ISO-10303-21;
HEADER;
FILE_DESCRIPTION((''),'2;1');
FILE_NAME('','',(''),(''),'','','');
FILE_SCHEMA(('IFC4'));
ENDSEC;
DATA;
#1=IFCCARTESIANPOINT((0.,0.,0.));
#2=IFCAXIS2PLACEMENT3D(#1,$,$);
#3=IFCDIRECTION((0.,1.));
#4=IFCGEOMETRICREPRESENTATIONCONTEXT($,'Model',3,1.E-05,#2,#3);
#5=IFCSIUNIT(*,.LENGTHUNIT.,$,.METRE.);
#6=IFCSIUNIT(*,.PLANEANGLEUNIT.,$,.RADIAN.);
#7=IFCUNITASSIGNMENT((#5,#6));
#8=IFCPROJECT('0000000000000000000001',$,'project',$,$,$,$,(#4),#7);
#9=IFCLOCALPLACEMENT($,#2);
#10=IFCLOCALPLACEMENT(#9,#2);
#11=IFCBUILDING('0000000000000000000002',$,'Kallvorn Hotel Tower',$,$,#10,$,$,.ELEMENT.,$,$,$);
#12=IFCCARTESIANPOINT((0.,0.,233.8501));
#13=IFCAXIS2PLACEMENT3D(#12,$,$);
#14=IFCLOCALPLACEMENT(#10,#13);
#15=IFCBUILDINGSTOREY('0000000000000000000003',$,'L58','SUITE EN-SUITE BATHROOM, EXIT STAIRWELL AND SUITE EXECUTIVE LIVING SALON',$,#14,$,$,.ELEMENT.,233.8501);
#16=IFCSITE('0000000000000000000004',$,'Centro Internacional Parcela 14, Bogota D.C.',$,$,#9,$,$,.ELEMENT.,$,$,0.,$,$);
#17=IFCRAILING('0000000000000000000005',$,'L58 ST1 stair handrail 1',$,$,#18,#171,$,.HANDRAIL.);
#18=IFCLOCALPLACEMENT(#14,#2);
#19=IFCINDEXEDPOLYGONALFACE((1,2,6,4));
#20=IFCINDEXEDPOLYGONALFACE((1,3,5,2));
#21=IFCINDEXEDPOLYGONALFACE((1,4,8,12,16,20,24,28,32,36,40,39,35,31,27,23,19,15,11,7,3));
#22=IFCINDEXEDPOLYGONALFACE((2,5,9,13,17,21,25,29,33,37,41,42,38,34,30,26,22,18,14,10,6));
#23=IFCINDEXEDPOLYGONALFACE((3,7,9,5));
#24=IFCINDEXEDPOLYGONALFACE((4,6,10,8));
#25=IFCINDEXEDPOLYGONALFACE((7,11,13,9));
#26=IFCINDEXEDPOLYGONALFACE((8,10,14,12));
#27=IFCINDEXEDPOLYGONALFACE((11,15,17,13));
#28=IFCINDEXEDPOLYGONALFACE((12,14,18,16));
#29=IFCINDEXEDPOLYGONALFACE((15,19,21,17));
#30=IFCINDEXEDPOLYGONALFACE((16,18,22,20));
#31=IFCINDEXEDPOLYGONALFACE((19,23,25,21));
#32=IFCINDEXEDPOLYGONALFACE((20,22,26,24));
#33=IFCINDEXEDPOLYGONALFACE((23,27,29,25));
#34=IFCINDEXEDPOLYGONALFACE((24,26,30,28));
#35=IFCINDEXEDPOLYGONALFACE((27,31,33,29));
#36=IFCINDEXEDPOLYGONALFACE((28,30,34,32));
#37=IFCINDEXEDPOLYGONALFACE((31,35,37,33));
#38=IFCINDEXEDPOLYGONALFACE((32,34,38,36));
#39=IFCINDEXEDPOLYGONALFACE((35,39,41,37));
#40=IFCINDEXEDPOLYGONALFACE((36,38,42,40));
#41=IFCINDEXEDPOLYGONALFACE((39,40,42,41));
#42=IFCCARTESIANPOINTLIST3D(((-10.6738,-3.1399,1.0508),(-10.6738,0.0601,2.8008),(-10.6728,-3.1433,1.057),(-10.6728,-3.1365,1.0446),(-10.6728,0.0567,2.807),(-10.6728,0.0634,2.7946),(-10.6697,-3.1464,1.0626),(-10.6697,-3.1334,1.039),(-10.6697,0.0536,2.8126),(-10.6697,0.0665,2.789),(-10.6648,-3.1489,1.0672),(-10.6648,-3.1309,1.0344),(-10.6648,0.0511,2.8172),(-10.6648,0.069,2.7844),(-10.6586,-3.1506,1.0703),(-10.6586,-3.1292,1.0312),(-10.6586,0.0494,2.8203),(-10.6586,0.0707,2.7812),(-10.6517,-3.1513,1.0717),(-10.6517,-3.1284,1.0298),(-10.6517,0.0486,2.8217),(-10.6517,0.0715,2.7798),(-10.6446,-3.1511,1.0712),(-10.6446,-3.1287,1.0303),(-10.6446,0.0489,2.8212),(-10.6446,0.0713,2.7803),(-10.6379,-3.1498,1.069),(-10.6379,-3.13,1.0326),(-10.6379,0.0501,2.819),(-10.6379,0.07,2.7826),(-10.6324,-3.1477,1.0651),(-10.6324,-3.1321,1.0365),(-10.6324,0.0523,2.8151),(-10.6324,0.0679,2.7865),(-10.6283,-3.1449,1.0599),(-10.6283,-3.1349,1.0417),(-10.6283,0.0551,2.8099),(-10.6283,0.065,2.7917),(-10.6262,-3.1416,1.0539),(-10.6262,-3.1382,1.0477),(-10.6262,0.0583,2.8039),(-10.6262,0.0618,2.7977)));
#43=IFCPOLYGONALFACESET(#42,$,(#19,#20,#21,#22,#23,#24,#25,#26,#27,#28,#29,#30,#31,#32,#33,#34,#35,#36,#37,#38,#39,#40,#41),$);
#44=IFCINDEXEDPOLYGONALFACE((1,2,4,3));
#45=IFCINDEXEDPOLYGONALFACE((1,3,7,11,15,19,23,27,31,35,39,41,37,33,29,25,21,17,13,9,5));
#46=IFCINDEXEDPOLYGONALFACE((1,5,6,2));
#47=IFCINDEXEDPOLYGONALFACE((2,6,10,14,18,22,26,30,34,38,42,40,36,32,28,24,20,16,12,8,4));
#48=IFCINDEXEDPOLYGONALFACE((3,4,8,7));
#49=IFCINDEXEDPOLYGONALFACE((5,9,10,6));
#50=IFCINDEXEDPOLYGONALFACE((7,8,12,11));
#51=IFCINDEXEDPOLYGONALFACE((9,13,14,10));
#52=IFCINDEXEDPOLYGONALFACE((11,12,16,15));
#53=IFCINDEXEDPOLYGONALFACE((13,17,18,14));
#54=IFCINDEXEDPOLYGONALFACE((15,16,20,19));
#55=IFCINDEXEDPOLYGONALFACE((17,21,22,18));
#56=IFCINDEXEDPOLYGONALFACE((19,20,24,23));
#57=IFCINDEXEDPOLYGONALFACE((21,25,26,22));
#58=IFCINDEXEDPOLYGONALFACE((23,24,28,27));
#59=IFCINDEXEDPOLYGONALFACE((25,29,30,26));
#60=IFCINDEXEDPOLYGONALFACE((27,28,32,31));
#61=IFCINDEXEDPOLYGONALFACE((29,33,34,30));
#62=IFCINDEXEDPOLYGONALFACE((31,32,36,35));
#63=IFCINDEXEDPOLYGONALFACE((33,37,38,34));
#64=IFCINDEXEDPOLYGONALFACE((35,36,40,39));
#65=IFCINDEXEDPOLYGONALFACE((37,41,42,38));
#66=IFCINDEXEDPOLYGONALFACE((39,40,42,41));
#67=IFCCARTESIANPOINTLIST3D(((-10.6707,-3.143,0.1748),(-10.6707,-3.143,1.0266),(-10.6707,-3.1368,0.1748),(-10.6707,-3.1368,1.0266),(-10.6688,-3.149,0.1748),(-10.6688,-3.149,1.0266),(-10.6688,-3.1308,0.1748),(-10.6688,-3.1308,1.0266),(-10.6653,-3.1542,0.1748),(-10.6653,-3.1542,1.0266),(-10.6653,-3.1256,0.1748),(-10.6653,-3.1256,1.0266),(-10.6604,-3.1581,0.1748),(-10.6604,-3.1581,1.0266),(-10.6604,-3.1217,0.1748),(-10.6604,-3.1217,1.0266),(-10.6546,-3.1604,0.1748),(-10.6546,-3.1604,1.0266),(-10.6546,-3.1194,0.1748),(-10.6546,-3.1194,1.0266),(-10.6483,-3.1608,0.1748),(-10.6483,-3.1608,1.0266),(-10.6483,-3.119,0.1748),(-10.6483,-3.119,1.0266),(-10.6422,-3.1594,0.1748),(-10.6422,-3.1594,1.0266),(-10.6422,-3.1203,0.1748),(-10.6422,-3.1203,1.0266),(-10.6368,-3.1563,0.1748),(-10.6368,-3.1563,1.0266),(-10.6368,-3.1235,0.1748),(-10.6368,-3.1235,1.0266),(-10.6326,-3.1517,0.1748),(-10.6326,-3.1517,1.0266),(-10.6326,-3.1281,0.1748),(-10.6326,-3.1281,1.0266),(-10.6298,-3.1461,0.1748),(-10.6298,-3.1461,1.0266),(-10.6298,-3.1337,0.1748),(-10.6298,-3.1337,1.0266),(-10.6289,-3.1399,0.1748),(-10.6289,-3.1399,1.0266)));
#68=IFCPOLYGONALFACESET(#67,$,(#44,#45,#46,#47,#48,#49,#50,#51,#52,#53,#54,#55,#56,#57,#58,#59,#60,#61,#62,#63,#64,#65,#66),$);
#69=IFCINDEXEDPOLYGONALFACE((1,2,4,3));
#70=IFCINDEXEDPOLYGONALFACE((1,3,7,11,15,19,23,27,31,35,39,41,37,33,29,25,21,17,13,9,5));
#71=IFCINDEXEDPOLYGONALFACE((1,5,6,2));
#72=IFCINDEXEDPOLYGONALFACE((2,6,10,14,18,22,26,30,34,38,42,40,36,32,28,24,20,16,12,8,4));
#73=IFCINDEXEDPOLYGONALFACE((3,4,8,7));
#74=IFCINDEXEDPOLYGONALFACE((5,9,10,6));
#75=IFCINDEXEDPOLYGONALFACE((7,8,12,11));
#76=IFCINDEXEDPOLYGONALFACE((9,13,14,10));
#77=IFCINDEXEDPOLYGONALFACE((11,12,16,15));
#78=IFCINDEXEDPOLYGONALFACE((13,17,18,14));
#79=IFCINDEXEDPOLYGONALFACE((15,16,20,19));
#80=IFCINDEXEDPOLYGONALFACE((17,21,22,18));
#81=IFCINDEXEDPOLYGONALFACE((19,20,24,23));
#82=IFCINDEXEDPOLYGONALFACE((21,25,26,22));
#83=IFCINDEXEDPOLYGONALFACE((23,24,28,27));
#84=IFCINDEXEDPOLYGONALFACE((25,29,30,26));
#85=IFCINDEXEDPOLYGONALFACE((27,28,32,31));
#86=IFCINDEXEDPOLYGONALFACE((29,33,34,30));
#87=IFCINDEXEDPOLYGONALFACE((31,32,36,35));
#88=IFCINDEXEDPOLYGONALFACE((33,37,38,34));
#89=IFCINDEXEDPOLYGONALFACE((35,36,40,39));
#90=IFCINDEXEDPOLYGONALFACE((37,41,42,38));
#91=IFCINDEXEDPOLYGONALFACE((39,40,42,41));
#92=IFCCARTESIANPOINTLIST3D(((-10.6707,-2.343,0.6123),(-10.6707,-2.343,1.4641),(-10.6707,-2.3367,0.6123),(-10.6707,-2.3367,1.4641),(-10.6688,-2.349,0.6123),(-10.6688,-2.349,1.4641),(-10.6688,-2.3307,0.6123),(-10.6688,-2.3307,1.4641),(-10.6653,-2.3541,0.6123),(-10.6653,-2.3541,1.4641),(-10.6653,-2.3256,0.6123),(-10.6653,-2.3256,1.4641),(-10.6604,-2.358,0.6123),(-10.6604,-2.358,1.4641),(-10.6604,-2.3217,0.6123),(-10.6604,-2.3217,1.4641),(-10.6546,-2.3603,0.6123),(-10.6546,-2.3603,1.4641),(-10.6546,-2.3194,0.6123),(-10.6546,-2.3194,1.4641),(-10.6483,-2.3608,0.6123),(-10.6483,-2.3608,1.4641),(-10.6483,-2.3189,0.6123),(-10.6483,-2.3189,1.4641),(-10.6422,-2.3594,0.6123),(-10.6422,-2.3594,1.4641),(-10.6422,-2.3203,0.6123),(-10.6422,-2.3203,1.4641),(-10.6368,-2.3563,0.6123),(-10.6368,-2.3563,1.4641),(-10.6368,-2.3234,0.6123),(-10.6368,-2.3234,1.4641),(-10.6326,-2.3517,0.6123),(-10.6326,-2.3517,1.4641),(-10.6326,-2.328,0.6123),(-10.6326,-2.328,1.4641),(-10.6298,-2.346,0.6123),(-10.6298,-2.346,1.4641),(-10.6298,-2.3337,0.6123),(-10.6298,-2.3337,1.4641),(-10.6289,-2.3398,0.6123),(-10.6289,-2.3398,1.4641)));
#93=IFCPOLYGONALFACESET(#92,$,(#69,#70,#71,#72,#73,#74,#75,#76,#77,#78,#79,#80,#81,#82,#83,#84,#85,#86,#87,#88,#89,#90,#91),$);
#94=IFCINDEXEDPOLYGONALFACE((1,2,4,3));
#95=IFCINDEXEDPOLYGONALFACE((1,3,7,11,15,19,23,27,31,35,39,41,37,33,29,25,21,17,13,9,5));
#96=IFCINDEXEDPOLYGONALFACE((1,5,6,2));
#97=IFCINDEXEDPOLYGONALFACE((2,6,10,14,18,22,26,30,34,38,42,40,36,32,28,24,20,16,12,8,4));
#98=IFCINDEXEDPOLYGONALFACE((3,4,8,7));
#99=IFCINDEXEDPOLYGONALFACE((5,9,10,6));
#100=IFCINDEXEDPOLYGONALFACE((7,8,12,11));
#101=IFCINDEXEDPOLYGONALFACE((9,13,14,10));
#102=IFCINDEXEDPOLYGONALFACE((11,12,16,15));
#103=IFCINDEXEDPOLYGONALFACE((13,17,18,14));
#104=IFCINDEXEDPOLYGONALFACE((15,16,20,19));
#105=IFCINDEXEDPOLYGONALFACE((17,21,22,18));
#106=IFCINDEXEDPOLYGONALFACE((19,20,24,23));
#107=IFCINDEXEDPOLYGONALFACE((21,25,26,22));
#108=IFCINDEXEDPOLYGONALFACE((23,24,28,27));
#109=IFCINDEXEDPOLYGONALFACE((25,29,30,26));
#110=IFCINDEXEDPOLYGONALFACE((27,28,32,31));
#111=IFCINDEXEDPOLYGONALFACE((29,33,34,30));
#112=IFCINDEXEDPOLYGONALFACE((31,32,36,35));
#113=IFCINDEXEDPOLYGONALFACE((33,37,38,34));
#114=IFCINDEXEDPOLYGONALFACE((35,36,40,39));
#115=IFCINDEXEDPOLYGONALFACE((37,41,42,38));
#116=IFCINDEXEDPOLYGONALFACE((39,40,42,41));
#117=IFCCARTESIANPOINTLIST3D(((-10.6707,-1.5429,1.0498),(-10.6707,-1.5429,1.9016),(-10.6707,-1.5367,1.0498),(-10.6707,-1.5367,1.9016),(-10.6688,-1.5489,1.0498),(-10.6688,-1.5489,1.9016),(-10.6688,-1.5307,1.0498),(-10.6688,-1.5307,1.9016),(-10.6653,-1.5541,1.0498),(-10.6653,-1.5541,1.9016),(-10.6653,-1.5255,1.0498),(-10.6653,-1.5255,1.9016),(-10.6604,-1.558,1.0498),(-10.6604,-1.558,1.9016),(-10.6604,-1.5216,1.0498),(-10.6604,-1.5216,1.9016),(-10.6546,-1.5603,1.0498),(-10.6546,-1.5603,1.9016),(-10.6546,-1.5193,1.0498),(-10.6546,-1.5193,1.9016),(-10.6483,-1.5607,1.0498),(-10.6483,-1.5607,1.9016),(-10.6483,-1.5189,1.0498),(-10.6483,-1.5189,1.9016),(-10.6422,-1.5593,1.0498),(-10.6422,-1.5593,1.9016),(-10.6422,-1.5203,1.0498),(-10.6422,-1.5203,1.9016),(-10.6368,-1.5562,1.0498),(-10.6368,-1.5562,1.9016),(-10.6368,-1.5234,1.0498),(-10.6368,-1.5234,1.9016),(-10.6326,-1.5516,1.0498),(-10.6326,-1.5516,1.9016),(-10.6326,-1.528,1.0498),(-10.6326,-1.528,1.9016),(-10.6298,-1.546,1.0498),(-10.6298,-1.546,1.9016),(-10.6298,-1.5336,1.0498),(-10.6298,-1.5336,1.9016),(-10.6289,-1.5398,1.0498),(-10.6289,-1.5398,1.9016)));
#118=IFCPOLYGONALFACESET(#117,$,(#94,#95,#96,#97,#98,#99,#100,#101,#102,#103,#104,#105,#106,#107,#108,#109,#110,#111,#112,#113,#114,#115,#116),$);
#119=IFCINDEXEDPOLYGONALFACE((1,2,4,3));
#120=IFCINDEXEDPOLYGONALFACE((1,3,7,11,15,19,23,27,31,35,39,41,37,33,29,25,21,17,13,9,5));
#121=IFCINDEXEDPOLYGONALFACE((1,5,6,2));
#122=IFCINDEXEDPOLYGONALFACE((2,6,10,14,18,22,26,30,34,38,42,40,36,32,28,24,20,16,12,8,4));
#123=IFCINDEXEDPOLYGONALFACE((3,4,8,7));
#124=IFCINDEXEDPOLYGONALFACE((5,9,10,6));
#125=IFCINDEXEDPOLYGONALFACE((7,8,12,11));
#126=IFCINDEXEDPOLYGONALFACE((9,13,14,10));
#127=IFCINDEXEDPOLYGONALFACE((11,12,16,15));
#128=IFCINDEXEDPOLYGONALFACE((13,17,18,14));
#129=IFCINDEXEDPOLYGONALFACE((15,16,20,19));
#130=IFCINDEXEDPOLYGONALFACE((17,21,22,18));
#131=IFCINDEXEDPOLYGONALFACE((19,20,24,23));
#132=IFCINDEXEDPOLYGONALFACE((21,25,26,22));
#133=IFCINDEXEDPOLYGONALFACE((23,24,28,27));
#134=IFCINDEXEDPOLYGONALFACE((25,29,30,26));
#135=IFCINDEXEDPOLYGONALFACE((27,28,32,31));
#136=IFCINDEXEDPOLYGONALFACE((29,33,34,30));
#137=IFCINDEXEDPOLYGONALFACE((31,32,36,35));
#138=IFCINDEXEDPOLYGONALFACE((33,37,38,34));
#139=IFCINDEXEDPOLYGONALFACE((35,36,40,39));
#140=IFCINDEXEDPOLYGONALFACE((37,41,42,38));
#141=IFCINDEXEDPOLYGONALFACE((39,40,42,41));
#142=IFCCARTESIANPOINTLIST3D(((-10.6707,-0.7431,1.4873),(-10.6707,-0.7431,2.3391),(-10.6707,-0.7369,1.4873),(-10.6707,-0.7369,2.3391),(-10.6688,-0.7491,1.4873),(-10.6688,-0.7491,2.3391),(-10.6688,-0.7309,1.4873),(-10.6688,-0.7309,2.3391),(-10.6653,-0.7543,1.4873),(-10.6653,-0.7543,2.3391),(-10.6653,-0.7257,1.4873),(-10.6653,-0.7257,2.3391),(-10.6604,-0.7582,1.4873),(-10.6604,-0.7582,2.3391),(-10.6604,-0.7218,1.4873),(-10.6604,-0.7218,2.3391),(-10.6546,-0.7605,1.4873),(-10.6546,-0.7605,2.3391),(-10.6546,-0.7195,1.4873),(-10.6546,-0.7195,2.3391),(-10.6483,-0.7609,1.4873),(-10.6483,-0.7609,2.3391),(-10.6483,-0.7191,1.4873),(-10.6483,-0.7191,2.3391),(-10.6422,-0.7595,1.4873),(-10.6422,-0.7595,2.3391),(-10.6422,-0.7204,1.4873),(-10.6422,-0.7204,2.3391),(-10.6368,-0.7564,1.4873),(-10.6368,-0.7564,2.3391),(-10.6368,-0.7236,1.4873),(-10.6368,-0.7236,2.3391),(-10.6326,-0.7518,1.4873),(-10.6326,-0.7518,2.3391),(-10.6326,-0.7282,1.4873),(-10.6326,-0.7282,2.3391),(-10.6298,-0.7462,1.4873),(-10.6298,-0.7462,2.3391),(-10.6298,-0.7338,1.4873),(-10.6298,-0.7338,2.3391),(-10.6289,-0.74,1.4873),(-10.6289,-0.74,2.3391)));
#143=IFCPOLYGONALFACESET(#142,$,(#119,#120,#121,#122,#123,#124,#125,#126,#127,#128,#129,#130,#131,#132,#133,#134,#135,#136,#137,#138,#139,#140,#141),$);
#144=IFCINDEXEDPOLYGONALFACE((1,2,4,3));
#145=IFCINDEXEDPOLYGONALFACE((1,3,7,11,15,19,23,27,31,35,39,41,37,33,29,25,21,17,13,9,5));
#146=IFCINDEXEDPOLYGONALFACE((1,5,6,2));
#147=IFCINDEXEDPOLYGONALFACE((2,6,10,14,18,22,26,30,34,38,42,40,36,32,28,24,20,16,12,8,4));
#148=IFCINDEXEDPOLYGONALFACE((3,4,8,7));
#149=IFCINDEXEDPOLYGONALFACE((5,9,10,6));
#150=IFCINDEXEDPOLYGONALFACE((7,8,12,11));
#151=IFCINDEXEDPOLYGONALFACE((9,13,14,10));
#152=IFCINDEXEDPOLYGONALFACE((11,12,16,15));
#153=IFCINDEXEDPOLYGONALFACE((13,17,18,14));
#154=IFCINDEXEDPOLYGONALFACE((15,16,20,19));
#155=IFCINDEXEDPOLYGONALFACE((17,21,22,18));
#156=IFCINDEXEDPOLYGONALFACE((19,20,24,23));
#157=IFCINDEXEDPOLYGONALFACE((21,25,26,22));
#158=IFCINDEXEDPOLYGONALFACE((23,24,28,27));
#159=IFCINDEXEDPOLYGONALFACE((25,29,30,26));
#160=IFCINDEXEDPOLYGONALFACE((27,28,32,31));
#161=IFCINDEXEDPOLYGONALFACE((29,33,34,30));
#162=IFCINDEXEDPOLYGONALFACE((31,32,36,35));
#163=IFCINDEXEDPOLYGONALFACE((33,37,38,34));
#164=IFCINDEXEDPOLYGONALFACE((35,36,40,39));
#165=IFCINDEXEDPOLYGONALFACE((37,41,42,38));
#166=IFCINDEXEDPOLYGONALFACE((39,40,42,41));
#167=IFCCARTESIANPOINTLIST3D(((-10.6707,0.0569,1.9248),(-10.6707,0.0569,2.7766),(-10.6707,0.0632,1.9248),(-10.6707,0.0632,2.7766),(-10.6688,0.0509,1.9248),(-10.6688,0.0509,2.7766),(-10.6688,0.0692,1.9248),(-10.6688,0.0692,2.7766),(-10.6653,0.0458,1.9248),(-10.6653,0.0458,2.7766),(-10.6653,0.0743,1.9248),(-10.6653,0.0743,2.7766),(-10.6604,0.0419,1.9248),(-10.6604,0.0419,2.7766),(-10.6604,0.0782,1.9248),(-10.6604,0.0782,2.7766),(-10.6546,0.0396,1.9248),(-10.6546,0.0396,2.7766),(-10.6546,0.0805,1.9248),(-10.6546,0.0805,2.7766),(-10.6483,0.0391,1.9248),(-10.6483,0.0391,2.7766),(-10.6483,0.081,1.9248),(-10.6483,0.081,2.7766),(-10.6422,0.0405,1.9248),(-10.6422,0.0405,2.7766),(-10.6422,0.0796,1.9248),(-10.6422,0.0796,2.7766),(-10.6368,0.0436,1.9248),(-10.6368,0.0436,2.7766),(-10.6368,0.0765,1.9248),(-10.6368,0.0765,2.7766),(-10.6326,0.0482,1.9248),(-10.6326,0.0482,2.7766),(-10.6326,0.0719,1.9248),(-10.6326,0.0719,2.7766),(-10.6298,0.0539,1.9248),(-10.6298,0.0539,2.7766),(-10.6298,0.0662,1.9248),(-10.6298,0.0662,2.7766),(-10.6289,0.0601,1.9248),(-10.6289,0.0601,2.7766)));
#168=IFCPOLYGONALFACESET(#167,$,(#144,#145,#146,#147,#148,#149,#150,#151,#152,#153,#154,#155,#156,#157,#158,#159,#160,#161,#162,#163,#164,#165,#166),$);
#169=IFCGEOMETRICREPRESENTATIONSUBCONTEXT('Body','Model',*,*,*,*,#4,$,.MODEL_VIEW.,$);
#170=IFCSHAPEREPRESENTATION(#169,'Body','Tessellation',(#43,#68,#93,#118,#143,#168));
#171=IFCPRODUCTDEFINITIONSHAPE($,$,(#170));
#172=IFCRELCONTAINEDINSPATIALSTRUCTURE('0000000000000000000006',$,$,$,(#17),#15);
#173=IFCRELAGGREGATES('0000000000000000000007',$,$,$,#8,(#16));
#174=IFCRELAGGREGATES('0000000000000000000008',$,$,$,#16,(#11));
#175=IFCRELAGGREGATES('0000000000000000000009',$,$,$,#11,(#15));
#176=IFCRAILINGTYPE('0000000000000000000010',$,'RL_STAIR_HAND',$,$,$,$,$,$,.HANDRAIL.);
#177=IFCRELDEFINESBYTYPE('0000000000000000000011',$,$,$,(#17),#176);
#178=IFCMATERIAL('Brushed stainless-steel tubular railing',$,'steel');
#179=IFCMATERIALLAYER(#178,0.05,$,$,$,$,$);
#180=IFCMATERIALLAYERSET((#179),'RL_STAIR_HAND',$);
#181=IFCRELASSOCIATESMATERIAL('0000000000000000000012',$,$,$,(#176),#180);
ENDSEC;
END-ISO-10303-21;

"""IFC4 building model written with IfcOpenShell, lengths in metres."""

from ifc_helpers import new_model, si_unit, direction, frame, origin, origin_2d, place, context, subcontext, project, spatial, circle, extrude, material, layer, layer_set, type_object, element, save


model = new_model("IFC4")

# Units and contexts
model_context = context("Model", 3, precision=1e-05, world=origin(), true_north=direction((0.0, 1.0)))
body_context = subcontext(model_context, "Body", "Model", "MODEL_VIEW")
ifc_project = project(units=[si_unit("LENGTHUNIT", "METRE"), si_unit("PLANEANGLEUNIT", "RADIAN")], contexts=[model_context])

# Site, building, storey
site_placement = place(None, origin())
site = spatial("IfcSite", under=ifc_project, at=site_placement, Name="Centro Internacional Parcela 14, Bogota D.C.", CompositionType="ELEMENT", RefElevation=0.0)
building_placement = place(site_placement, origin())
building = spatial("IfcBuilding", under=site, at=building_placement, Name="Kallvorn Hotel Tower", CompositionType="ELEMENT")
storey_placement = place(building_placement, frame((0.0, 0.0, 233.8501)))
storey = spatial("IfcBuildingStorey", under=building, at=storey_placement, Name="L58", Description="SUITE EN-SUITE BATHROOM, EXIT STAIRWELL AND SUITE EXECUTIVE LIVING SALON", CompositionType="ELEMENT", Elevation=233.8501)

# Railing
ifc_material_1 = material(Name="Brushed stainless-steel tubular railing", Category="steel")
ifc_layer_1 = layer(ifc_material_1, 0.05)
ifc_layer_set_1 = layer_set([ifc_layer_1], Name="RL_STAIR_HAND")
railing_type_1 = type_object("IfcRailingType", Name="RL_STAIR_HAND", PredefinedType="HANDRAIL", material=ifc_layer_set_1)
railing_1_placement = place(storey_placement, frame((-10.6499, -3.1399, 0.1748)))
element("IfcRailing", 1, at=railing_1_placement, inside=storey, type_object=railing_type_1, Name="L58 ST1 stair handrail 1", PredefinedType="HANDRAIL", context=body_context, shape_type="SweptSolid", body=[
    extrude(circle(Radius=0.0239, at=origin_2d()), frame((0.0, 0.0, 0.876), z_axis=(0.0, 0.877368, 0.479818), x_axis=(-1.0, 0.0, 0.0)), (0.0, 0.0, 1.0), 3.6472),
    extrude(circle(Radius=0.021, at=origin_2d()), origin(), (0.0, 0.0, 1.0), 0.8518),
    extrude(circle(Radius=0.021, at=origin_2d()), frame((0.0, 0.8, 0.4375)), (0.0, 0.0, 1.0), 0.8518),
    extrude(circle(Radius=0.021, at=origin_2d()), frame((0.0, 1.6001, 0.875)), (0.0, 0.0, 1.0), 0.8518),
    extrude(circle(Radius=0.021, at=origin_2d()), frame((0.0, 2.3999, 1.3125)), (0.0, 0.0, 1.0), 0.8518),
    extrude(circle(Radius=0.021, at=origin_2d()), frame((0.0, 3.2, 1.75)), (0.0, 0.0, 1.0), 0.8518),
])

save(model, "model.ifc")
